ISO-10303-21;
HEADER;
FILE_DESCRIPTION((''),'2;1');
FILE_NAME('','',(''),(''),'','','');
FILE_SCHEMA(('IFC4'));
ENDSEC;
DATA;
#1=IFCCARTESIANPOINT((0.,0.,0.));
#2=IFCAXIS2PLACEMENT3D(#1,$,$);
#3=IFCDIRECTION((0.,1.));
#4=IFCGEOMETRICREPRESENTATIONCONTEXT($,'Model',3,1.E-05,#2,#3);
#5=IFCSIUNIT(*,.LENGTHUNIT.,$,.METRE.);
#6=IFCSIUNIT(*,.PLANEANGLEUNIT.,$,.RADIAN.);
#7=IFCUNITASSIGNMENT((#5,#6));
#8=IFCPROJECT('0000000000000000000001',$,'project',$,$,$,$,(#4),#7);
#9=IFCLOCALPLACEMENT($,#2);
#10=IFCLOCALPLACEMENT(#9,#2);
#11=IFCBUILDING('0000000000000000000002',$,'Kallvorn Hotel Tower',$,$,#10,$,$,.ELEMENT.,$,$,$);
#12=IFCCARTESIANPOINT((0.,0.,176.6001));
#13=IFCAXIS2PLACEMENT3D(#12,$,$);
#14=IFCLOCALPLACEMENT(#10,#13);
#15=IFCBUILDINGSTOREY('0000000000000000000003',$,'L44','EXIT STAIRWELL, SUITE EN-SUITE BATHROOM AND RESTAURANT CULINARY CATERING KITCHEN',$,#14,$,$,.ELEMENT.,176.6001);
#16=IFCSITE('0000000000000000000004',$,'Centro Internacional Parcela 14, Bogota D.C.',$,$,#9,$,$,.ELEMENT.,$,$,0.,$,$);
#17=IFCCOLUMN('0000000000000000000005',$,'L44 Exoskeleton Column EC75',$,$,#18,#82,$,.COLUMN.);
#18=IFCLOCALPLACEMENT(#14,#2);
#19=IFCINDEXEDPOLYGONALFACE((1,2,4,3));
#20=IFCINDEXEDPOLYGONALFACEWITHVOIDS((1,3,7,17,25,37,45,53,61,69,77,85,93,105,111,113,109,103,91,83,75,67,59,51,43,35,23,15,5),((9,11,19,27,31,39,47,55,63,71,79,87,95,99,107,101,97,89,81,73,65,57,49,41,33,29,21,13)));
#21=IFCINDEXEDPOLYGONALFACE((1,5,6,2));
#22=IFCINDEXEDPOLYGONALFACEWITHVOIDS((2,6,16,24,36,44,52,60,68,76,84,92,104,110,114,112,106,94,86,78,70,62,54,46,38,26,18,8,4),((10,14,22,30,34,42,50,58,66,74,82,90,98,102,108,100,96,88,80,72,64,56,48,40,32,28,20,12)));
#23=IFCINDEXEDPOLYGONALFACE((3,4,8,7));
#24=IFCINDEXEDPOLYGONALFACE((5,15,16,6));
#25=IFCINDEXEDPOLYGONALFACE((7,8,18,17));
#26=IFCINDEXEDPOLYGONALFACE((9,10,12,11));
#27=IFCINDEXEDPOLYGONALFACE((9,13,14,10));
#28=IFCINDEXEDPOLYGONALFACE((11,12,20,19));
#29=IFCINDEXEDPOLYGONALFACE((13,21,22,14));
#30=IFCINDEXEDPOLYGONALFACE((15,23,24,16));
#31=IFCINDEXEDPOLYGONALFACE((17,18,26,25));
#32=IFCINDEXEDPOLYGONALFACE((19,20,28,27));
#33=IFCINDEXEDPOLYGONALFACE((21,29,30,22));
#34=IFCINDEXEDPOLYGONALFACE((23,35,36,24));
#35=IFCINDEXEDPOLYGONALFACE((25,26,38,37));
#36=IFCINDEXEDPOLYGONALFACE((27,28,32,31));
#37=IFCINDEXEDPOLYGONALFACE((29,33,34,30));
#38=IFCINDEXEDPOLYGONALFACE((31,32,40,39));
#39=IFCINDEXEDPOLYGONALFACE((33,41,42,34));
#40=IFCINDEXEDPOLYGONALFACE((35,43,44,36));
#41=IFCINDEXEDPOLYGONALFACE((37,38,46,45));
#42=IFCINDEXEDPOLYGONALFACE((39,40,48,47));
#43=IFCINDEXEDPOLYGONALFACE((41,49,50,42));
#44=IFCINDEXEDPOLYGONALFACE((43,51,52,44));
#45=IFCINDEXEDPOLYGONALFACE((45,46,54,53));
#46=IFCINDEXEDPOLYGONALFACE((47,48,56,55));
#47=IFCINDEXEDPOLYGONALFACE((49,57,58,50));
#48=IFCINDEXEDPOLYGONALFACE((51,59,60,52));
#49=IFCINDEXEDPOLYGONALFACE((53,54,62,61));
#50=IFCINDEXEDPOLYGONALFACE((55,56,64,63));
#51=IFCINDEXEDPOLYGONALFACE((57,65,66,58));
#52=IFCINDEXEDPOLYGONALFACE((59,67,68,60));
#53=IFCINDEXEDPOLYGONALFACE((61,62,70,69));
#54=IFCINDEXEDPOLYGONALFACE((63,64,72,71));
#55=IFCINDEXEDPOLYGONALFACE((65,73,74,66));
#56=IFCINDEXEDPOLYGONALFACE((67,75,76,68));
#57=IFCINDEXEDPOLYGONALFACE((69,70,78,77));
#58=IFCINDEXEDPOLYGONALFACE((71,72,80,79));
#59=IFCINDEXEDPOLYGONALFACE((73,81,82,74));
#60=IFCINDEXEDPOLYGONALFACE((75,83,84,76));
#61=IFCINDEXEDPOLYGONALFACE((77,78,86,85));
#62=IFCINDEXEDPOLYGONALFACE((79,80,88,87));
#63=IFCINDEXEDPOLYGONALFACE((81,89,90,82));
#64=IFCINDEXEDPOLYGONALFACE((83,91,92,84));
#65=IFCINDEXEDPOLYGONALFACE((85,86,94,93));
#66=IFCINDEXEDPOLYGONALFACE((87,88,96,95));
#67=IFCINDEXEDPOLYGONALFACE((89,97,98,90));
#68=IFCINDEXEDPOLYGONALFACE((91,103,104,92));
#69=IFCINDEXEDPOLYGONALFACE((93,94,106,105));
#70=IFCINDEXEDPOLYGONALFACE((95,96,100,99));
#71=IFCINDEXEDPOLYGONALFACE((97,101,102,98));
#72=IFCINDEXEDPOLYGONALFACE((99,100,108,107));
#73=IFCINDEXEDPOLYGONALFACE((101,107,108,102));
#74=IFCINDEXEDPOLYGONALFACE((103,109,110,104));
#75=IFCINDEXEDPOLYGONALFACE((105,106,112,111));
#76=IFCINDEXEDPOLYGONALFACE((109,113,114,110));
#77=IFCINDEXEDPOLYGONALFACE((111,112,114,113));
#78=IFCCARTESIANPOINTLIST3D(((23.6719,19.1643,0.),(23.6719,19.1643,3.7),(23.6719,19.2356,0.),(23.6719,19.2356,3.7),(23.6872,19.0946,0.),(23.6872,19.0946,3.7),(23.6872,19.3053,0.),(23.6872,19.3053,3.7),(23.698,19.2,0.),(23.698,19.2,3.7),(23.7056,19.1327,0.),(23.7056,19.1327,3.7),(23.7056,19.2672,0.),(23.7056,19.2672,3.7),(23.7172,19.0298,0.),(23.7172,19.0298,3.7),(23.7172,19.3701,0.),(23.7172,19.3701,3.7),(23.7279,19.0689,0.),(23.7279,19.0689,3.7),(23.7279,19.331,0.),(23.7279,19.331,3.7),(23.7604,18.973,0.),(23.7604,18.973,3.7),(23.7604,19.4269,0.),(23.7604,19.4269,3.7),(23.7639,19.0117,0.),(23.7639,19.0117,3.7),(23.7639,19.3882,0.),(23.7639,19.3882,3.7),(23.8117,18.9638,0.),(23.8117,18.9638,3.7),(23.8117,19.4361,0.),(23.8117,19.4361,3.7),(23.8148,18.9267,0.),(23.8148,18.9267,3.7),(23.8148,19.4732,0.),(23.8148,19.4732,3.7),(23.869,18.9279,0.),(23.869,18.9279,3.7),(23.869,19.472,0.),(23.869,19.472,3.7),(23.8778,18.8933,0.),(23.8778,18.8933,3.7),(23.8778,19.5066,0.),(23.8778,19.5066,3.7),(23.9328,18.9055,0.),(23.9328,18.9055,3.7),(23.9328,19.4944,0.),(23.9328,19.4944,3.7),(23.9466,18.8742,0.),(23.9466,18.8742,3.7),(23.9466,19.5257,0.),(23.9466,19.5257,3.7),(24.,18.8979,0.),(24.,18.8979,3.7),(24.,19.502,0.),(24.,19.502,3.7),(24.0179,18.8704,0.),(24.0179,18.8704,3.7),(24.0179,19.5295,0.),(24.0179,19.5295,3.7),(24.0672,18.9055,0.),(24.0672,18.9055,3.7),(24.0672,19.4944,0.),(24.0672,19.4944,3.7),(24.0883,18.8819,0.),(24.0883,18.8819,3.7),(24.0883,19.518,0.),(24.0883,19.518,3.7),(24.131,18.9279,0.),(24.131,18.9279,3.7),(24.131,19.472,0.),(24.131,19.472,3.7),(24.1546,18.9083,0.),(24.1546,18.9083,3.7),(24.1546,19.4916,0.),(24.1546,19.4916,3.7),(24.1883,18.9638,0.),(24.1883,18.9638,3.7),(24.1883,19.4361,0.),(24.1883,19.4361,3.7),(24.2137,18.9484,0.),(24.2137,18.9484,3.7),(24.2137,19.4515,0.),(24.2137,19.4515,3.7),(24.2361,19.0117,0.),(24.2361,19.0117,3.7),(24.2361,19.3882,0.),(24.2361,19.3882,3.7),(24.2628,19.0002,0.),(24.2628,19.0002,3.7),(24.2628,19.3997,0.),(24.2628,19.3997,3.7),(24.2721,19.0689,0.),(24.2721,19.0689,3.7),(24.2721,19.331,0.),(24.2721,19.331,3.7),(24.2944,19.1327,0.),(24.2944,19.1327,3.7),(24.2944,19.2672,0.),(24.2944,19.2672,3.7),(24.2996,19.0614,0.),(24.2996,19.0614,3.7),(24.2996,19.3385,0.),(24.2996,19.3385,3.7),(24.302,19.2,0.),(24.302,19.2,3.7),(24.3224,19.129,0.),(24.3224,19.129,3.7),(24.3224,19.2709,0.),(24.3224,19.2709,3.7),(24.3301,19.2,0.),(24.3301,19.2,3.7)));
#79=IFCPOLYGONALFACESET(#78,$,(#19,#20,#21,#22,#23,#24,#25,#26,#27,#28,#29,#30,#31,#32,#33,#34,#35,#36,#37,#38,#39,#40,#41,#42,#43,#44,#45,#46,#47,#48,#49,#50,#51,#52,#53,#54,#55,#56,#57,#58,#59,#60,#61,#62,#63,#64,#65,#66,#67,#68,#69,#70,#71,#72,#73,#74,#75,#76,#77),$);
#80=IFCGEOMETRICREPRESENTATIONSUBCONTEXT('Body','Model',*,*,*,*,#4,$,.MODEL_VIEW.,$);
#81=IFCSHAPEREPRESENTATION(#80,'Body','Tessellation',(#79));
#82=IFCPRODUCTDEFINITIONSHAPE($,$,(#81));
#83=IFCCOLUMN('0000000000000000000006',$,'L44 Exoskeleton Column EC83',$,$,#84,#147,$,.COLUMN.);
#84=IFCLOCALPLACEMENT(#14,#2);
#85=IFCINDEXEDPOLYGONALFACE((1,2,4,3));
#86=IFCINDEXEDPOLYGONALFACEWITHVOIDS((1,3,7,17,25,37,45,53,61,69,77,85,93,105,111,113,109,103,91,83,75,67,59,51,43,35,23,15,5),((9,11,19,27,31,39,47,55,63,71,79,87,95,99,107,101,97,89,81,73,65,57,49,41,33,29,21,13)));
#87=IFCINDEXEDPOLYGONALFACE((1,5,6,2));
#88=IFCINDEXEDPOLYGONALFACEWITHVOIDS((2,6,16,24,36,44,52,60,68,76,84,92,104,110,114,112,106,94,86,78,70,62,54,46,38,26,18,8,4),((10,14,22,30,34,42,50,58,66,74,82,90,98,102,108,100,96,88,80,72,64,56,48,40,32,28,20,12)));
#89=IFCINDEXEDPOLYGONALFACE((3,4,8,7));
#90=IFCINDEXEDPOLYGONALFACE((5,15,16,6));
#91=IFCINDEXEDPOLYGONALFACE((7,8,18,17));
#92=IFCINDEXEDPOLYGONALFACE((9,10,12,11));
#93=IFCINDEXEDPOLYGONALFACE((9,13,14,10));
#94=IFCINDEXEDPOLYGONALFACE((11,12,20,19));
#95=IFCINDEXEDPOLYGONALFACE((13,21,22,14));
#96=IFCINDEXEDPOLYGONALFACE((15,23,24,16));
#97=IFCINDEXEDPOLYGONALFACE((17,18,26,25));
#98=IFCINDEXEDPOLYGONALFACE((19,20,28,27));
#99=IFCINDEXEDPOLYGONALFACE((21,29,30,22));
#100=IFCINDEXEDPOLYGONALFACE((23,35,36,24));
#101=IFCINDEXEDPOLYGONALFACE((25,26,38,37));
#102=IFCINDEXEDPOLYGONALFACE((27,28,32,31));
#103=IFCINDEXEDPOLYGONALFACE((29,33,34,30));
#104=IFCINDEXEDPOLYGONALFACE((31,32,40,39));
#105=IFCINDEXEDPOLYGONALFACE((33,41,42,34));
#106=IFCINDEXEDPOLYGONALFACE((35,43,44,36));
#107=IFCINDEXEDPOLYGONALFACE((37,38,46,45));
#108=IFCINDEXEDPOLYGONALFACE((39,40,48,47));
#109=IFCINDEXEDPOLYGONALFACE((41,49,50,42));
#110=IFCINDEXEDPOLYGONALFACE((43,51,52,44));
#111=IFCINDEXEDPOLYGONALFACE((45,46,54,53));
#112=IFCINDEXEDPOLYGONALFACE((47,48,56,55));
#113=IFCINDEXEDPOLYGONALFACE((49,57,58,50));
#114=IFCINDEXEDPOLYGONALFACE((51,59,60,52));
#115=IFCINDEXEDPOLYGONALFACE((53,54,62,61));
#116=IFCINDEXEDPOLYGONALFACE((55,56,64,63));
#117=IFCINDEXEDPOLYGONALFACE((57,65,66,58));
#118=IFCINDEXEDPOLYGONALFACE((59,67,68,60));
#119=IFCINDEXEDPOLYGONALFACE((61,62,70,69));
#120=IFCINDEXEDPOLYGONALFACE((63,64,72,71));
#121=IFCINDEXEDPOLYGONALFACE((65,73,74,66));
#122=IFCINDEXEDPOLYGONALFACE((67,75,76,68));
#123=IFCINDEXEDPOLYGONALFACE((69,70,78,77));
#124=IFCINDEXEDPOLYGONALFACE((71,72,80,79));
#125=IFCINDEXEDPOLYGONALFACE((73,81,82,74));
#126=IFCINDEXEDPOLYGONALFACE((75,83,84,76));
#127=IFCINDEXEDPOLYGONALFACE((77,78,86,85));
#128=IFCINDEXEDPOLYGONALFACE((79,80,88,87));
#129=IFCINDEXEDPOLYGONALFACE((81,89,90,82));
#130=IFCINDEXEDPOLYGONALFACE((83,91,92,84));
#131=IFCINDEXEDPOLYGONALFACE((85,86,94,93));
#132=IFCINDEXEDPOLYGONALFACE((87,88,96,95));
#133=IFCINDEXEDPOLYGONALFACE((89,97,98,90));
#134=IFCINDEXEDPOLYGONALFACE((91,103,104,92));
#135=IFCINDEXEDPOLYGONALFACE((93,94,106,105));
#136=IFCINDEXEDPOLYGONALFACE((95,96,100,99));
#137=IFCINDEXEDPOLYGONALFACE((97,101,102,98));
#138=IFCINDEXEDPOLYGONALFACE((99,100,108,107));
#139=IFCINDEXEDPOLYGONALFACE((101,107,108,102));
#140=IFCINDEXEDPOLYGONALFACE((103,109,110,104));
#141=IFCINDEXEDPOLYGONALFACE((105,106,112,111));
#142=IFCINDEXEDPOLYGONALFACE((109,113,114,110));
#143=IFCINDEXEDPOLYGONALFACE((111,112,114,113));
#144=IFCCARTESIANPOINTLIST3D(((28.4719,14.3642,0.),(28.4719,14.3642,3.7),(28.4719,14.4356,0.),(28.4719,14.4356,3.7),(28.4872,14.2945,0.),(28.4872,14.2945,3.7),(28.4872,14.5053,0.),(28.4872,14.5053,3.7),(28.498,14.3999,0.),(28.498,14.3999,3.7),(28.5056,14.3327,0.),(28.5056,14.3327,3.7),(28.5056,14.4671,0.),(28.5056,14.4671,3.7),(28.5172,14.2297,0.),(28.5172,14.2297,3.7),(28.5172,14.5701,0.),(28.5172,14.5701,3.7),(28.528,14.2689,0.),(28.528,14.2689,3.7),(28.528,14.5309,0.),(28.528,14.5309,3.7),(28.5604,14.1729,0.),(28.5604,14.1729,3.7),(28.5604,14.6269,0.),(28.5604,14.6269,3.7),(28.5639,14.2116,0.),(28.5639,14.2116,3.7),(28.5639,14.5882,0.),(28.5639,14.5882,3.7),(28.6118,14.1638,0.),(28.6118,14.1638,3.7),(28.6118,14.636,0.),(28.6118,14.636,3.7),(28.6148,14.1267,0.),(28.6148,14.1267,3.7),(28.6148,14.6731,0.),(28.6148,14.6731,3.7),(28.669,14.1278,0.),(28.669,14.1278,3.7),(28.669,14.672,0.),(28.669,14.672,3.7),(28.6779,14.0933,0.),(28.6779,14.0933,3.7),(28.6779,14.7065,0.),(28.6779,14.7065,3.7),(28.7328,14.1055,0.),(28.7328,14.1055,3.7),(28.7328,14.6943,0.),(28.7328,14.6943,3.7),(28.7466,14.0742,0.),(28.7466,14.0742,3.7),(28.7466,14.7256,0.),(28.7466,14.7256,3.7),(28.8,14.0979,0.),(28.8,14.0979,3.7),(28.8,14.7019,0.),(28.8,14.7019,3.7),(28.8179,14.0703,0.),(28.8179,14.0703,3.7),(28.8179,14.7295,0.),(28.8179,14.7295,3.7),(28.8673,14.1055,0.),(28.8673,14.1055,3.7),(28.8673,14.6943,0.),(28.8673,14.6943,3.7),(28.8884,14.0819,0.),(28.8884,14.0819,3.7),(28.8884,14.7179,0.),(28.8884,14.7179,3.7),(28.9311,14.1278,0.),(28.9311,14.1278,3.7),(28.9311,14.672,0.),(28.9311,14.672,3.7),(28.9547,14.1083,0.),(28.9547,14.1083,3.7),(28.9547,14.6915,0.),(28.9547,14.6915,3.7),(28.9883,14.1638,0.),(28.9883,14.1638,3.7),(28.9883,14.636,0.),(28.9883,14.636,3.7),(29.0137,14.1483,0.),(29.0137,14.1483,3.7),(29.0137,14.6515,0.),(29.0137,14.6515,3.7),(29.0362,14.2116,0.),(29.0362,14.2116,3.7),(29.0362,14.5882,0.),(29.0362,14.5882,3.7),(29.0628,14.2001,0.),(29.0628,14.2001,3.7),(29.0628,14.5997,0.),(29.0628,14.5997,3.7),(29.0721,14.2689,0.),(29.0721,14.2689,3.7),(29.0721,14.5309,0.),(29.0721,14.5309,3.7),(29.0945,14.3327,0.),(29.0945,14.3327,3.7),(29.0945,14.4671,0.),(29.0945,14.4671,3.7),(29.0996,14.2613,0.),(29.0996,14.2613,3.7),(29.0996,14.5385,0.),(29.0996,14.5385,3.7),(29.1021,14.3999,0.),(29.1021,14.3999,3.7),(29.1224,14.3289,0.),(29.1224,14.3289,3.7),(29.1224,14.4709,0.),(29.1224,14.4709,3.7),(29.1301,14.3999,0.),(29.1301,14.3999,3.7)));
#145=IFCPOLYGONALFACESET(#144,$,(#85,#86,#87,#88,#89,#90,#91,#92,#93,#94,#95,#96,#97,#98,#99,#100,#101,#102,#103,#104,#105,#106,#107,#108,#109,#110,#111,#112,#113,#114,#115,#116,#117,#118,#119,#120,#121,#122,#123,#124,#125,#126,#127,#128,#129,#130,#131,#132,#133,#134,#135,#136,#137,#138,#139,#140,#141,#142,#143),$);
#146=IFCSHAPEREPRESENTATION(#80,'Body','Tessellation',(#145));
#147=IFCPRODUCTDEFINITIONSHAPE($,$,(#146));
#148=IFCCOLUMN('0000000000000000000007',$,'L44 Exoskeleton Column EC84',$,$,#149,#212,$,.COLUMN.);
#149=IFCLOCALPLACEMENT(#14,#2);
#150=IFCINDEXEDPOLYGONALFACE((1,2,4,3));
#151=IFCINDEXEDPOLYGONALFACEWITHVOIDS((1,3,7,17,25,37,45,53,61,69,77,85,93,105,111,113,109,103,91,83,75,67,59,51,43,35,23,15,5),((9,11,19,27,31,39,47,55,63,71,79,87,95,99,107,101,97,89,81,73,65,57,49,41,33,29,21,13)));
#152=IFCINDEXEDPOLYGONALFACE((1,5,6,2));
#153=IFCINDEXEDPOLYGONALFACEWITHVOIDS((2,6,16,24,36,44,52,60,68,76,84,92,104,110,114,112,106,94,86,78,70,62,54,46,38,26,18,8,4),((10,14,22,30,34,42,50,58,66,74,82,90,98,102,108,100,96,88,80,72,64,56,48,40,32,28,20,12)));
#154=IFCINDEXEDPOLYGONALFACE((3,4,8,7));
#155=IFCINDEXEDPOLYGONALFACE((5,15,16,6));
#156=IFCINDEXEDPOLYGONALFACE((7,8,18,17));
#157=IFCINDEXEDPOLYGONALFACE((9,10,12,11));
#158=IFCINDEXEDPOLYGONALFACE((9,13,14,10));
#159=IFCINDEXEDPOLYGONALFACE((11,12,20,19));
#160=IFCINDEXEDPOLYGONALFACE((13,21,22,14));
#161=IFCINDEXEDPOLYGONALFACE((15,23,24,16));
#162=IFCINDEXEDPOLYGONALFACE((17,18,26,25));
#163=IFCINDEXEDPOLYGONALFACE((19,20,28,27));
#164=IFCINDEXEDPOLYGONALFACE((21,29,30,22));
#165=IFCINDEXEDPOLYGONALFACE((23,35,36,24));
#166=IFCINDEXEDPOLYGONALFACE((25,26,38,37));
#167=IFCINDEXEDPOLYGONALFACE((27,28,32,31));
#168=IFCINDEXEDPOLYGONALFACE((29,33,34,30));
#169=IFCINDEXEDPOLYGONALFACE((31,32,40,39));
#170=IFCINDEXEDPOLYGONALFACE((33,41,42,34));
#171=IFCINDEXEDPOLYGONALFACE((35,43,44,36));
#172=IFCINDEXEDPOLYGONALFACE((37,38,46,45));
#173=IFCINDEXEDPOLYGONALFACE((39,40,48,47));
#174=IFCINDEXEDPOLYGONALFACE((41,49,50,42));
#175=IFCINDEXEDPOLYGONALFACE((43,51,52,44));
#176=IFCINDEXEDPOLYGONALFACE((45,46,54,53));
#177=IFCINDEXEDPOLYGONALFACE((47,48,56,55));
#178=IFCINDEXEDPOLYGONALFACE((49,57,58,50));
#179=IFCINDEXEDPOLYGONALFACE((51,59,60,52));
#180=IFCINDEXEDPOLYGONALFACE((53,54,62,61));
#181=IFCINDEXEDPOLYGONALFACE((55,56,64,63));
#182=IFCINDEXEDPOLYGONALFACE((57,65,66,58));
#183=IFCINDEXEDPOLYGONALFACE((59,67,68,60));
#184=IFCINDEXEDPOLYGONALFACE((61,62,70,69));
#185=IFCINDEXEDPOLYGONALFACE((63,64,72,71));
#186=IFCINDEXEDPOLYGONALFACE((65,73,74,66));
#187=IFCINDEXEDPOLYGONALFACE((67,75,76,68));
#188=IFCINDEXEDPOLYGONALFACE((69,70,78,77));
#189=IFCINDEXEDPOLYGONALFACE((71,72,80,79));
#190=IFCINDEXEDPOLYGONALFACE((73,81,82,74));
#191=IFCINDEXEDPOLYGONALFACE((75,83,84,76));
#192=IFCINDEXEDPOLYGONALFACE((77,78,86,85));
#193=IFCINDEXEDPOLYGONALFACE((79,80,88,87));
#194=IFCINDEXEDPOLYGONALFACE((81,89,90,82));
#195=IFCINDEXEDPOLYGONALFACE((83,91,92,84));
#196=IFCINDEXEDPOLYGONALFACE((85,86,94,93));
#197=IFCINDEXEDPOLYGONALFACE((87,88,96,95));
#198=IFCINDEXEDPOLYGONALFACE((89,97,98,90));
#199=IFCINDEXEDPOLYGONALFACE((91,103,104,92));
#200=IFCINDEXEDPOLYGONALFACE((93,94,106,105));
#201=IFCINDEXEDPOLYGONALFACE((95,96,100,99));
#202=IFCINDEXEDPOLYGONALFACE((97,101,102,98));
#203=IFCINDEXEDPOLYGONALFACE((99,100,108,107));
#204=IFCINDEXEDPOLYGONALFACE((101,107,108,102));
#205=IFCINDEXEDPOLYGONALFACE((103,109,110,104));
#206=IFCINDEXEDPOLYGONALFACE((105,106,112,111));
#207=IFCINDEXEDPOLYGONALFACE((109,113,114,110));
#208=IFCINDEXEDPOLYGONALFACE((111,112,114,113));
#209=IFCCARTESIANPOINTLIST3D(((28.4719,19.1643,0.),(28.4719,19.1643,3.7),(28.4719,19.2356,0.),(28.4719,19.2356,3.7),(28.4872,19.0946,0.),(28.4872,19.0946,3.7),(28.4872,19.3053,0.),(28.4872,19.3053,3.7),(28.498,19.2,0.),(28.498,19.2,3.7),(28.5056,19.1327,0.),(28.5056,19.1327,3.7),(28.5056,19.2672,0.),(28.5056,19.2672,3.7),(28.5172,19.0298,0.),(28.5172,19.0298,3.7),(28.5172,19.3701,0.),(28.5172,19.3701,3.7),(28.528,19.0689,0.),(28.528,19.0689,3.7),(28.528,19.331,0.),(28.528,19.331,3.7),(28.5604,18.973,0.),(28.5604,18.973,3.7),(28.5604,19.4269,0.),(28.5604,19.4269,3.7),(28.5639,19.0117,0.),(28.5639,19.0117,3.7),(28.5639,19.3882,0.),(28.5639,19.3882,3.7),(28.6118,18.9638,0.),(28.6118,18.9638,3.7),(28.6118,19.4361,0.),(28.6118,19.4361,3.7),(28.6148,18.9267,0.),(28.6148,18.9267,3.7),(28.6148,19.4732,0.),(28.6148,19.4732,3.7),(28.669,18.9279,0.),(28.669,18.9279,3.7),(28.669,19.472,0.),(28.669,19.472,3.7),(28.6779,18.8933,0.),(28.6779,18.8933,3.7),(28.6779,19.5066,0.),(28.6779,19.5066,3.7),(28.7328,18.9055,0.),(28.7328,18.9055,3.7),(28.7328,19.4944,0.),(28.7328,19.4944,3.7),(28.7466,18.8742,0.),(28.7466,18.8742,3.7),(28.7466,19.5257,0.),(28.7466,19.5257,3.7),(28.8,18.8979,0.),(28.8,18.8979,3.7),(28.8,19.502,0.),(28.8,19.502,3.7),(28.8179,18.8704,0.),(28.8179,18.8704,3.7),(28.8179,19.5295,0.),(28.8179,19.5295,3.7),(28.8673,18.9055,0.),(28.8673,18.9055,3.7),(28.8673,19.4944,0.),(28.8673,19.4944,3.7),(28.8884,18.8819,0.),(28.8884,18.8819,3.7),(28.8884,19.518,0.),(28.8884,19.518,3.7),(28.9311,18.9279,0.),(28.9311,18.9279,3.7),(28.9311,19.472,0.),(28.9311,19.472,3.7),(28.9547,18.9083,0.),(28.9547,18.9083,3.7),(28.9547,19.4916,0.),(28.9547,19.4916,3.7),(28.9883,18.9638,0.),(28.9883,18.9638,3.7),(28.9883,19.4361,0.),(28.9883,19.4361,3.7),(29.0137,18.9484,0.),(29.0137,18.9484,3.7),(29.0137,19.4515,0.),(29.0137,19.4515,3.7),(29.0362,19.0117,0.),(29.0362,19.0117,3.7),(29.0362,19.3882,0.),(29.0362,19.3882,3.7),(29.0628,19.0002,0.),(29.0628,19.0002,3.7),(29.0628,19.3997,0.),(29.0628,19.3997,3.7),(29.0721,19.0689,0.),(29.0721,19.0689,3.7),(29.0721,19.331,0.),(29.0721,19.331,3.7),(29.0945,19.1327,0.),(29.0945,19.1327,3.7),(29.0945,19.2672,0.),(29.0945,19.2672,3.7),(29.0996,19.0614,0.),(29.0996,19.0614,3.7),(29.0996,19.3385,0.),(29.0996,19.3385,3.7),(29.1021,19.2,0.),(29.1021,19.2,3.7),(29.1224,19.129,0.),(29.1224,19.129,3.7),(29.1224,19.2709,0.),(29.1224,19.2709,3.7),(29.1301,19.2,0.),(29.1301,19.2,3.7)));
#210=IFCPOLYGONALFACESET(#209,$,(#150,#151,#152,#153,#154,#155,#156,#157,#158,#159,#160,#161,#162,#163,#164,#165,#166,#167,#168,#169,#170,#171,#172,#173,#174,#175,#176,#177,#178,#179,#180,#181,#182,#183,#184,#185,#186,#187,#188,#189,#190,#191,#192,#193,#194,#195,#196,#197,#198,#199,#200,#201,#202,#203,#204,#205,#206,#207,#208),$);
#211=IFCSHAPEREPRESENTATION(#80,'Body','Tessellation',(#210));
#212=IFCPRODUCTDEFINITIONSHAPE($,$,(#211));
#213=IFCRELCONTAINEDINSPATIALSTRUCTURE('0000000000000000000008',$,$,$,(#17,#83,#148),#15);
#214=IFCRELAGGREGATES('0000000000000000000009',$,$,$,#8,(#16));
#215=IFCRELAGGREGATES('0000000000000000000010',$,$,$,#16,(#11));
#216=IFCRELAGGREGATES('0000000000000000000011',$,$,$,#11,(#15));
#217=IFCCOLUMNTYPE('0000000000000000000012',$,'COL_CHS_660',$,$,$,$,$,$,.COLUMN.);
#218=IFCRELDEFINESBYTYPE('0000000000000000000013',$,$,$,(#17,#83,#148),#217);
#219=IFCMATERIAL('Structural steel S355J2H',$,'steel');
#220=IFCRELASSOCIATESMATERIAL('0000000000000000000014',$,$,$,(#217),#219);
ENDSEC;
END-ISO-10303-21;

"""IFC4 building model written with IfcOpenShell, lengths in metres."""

from ifc_helpers import new_model, si_unit, direction, frame, origin, origin_2d, place, context, subcontext, project, spatial, hollow_circle, extrude, material, material_profile, profile_set, type_object, element, save


model = new_model("IFC4")

# Units and contexts
model_context = context("Model", 3, precision=1e-05, world=origin(), true_north=direction((0.0, 1.0)))
body_context = subcontext(model_context, "Body", "Model", "MODEL_VIEW")
ifc_project = project(units=[si_unit("LENGTHUNIT", "METRE"), si_unit("PLANEANGLEUNIT", "RADIAN")], contexts=[model_context])

# Site, building, storey
site_placement = place(None, origin())
site = spatial("IfcSite", under=ifc_project, at=site_placement, Name="Centro Internacional Parcela 14, Bogota D.C.", CompositionType="ELEMENT", RefElevation=0.0)
building_placement = place(site_placement, origin())
building = spatial("IfcBuilding", under=site, at=building_placement, Name="Kallvorn Hotel Tower", CompositionType="ELEMENT")
storey_placement = place(building_placement, frame((0.0, 0.0, 176.6001)))
storey = spatial("IfcBuildingStorey", under=building, at=storey_placement, Name="L44", Description="EXIT STAIRWELL, SUITE EN-SUITE BATHROOM AND RESTAURANT CULINARY CATERING KITCHEN", CompositionType="ELEMENT", Elevation=176.6001)

# Columns
ifc_material_1 = material(Name="Structural steel S355J2H", Category="steel")
ifc_material_profile_1 = material_profile(ifc_material_1, hollow_circle(Radius=0.3301, WallThickness=0.0281, at=origin_2d()), Name="CHS 660x28")
ifc_profile_set_1 = profile_set([ifc_material_profile_1], Name="Structural steel S355J2H")
column_type_1 = type_object("IfcColumnType", Name="COL_CHS_660", PredefinedType="COLUMN", material=ifc_profile_set_1)
for number, where, z_axis, x_axis, name in (
    (1, (24.0, 19.2, 0.0), (0.0, 0.0, 1.0), (1.0, 0.0, 0.0), "L44 Exoskeleton Column EC75"),
    (2, (28.8, 14.3999, 0.0), (0.0, 0.0, 1.0), (1.0, 0.0, 0.0), "L44 Exoskeleton Column EC83"),
    (3, (28.8, 19.2, 0.0), (0.0, 0.0, 1.0), (1.0, 0.0, 0.0), "L44 Exoskeleton Column EC84"),
):
    element("IfcColumn", number, at=place(storey_placement, frame(where, z_axis=z_axis, x_axis=x_axis)), inside=storey, type_object=column_type_1, Name=name, PredefinedType="COLUMN", context=body_context, shape_type="SweptSolid", body=[
        extrude(hollow_circle(Radius=0.3301, WallThickness=0.0281, at=origin_2d()), origin(), (0.0, 0.0, 1.0), 3.7),
    ])

save(model, "model.ifc")
